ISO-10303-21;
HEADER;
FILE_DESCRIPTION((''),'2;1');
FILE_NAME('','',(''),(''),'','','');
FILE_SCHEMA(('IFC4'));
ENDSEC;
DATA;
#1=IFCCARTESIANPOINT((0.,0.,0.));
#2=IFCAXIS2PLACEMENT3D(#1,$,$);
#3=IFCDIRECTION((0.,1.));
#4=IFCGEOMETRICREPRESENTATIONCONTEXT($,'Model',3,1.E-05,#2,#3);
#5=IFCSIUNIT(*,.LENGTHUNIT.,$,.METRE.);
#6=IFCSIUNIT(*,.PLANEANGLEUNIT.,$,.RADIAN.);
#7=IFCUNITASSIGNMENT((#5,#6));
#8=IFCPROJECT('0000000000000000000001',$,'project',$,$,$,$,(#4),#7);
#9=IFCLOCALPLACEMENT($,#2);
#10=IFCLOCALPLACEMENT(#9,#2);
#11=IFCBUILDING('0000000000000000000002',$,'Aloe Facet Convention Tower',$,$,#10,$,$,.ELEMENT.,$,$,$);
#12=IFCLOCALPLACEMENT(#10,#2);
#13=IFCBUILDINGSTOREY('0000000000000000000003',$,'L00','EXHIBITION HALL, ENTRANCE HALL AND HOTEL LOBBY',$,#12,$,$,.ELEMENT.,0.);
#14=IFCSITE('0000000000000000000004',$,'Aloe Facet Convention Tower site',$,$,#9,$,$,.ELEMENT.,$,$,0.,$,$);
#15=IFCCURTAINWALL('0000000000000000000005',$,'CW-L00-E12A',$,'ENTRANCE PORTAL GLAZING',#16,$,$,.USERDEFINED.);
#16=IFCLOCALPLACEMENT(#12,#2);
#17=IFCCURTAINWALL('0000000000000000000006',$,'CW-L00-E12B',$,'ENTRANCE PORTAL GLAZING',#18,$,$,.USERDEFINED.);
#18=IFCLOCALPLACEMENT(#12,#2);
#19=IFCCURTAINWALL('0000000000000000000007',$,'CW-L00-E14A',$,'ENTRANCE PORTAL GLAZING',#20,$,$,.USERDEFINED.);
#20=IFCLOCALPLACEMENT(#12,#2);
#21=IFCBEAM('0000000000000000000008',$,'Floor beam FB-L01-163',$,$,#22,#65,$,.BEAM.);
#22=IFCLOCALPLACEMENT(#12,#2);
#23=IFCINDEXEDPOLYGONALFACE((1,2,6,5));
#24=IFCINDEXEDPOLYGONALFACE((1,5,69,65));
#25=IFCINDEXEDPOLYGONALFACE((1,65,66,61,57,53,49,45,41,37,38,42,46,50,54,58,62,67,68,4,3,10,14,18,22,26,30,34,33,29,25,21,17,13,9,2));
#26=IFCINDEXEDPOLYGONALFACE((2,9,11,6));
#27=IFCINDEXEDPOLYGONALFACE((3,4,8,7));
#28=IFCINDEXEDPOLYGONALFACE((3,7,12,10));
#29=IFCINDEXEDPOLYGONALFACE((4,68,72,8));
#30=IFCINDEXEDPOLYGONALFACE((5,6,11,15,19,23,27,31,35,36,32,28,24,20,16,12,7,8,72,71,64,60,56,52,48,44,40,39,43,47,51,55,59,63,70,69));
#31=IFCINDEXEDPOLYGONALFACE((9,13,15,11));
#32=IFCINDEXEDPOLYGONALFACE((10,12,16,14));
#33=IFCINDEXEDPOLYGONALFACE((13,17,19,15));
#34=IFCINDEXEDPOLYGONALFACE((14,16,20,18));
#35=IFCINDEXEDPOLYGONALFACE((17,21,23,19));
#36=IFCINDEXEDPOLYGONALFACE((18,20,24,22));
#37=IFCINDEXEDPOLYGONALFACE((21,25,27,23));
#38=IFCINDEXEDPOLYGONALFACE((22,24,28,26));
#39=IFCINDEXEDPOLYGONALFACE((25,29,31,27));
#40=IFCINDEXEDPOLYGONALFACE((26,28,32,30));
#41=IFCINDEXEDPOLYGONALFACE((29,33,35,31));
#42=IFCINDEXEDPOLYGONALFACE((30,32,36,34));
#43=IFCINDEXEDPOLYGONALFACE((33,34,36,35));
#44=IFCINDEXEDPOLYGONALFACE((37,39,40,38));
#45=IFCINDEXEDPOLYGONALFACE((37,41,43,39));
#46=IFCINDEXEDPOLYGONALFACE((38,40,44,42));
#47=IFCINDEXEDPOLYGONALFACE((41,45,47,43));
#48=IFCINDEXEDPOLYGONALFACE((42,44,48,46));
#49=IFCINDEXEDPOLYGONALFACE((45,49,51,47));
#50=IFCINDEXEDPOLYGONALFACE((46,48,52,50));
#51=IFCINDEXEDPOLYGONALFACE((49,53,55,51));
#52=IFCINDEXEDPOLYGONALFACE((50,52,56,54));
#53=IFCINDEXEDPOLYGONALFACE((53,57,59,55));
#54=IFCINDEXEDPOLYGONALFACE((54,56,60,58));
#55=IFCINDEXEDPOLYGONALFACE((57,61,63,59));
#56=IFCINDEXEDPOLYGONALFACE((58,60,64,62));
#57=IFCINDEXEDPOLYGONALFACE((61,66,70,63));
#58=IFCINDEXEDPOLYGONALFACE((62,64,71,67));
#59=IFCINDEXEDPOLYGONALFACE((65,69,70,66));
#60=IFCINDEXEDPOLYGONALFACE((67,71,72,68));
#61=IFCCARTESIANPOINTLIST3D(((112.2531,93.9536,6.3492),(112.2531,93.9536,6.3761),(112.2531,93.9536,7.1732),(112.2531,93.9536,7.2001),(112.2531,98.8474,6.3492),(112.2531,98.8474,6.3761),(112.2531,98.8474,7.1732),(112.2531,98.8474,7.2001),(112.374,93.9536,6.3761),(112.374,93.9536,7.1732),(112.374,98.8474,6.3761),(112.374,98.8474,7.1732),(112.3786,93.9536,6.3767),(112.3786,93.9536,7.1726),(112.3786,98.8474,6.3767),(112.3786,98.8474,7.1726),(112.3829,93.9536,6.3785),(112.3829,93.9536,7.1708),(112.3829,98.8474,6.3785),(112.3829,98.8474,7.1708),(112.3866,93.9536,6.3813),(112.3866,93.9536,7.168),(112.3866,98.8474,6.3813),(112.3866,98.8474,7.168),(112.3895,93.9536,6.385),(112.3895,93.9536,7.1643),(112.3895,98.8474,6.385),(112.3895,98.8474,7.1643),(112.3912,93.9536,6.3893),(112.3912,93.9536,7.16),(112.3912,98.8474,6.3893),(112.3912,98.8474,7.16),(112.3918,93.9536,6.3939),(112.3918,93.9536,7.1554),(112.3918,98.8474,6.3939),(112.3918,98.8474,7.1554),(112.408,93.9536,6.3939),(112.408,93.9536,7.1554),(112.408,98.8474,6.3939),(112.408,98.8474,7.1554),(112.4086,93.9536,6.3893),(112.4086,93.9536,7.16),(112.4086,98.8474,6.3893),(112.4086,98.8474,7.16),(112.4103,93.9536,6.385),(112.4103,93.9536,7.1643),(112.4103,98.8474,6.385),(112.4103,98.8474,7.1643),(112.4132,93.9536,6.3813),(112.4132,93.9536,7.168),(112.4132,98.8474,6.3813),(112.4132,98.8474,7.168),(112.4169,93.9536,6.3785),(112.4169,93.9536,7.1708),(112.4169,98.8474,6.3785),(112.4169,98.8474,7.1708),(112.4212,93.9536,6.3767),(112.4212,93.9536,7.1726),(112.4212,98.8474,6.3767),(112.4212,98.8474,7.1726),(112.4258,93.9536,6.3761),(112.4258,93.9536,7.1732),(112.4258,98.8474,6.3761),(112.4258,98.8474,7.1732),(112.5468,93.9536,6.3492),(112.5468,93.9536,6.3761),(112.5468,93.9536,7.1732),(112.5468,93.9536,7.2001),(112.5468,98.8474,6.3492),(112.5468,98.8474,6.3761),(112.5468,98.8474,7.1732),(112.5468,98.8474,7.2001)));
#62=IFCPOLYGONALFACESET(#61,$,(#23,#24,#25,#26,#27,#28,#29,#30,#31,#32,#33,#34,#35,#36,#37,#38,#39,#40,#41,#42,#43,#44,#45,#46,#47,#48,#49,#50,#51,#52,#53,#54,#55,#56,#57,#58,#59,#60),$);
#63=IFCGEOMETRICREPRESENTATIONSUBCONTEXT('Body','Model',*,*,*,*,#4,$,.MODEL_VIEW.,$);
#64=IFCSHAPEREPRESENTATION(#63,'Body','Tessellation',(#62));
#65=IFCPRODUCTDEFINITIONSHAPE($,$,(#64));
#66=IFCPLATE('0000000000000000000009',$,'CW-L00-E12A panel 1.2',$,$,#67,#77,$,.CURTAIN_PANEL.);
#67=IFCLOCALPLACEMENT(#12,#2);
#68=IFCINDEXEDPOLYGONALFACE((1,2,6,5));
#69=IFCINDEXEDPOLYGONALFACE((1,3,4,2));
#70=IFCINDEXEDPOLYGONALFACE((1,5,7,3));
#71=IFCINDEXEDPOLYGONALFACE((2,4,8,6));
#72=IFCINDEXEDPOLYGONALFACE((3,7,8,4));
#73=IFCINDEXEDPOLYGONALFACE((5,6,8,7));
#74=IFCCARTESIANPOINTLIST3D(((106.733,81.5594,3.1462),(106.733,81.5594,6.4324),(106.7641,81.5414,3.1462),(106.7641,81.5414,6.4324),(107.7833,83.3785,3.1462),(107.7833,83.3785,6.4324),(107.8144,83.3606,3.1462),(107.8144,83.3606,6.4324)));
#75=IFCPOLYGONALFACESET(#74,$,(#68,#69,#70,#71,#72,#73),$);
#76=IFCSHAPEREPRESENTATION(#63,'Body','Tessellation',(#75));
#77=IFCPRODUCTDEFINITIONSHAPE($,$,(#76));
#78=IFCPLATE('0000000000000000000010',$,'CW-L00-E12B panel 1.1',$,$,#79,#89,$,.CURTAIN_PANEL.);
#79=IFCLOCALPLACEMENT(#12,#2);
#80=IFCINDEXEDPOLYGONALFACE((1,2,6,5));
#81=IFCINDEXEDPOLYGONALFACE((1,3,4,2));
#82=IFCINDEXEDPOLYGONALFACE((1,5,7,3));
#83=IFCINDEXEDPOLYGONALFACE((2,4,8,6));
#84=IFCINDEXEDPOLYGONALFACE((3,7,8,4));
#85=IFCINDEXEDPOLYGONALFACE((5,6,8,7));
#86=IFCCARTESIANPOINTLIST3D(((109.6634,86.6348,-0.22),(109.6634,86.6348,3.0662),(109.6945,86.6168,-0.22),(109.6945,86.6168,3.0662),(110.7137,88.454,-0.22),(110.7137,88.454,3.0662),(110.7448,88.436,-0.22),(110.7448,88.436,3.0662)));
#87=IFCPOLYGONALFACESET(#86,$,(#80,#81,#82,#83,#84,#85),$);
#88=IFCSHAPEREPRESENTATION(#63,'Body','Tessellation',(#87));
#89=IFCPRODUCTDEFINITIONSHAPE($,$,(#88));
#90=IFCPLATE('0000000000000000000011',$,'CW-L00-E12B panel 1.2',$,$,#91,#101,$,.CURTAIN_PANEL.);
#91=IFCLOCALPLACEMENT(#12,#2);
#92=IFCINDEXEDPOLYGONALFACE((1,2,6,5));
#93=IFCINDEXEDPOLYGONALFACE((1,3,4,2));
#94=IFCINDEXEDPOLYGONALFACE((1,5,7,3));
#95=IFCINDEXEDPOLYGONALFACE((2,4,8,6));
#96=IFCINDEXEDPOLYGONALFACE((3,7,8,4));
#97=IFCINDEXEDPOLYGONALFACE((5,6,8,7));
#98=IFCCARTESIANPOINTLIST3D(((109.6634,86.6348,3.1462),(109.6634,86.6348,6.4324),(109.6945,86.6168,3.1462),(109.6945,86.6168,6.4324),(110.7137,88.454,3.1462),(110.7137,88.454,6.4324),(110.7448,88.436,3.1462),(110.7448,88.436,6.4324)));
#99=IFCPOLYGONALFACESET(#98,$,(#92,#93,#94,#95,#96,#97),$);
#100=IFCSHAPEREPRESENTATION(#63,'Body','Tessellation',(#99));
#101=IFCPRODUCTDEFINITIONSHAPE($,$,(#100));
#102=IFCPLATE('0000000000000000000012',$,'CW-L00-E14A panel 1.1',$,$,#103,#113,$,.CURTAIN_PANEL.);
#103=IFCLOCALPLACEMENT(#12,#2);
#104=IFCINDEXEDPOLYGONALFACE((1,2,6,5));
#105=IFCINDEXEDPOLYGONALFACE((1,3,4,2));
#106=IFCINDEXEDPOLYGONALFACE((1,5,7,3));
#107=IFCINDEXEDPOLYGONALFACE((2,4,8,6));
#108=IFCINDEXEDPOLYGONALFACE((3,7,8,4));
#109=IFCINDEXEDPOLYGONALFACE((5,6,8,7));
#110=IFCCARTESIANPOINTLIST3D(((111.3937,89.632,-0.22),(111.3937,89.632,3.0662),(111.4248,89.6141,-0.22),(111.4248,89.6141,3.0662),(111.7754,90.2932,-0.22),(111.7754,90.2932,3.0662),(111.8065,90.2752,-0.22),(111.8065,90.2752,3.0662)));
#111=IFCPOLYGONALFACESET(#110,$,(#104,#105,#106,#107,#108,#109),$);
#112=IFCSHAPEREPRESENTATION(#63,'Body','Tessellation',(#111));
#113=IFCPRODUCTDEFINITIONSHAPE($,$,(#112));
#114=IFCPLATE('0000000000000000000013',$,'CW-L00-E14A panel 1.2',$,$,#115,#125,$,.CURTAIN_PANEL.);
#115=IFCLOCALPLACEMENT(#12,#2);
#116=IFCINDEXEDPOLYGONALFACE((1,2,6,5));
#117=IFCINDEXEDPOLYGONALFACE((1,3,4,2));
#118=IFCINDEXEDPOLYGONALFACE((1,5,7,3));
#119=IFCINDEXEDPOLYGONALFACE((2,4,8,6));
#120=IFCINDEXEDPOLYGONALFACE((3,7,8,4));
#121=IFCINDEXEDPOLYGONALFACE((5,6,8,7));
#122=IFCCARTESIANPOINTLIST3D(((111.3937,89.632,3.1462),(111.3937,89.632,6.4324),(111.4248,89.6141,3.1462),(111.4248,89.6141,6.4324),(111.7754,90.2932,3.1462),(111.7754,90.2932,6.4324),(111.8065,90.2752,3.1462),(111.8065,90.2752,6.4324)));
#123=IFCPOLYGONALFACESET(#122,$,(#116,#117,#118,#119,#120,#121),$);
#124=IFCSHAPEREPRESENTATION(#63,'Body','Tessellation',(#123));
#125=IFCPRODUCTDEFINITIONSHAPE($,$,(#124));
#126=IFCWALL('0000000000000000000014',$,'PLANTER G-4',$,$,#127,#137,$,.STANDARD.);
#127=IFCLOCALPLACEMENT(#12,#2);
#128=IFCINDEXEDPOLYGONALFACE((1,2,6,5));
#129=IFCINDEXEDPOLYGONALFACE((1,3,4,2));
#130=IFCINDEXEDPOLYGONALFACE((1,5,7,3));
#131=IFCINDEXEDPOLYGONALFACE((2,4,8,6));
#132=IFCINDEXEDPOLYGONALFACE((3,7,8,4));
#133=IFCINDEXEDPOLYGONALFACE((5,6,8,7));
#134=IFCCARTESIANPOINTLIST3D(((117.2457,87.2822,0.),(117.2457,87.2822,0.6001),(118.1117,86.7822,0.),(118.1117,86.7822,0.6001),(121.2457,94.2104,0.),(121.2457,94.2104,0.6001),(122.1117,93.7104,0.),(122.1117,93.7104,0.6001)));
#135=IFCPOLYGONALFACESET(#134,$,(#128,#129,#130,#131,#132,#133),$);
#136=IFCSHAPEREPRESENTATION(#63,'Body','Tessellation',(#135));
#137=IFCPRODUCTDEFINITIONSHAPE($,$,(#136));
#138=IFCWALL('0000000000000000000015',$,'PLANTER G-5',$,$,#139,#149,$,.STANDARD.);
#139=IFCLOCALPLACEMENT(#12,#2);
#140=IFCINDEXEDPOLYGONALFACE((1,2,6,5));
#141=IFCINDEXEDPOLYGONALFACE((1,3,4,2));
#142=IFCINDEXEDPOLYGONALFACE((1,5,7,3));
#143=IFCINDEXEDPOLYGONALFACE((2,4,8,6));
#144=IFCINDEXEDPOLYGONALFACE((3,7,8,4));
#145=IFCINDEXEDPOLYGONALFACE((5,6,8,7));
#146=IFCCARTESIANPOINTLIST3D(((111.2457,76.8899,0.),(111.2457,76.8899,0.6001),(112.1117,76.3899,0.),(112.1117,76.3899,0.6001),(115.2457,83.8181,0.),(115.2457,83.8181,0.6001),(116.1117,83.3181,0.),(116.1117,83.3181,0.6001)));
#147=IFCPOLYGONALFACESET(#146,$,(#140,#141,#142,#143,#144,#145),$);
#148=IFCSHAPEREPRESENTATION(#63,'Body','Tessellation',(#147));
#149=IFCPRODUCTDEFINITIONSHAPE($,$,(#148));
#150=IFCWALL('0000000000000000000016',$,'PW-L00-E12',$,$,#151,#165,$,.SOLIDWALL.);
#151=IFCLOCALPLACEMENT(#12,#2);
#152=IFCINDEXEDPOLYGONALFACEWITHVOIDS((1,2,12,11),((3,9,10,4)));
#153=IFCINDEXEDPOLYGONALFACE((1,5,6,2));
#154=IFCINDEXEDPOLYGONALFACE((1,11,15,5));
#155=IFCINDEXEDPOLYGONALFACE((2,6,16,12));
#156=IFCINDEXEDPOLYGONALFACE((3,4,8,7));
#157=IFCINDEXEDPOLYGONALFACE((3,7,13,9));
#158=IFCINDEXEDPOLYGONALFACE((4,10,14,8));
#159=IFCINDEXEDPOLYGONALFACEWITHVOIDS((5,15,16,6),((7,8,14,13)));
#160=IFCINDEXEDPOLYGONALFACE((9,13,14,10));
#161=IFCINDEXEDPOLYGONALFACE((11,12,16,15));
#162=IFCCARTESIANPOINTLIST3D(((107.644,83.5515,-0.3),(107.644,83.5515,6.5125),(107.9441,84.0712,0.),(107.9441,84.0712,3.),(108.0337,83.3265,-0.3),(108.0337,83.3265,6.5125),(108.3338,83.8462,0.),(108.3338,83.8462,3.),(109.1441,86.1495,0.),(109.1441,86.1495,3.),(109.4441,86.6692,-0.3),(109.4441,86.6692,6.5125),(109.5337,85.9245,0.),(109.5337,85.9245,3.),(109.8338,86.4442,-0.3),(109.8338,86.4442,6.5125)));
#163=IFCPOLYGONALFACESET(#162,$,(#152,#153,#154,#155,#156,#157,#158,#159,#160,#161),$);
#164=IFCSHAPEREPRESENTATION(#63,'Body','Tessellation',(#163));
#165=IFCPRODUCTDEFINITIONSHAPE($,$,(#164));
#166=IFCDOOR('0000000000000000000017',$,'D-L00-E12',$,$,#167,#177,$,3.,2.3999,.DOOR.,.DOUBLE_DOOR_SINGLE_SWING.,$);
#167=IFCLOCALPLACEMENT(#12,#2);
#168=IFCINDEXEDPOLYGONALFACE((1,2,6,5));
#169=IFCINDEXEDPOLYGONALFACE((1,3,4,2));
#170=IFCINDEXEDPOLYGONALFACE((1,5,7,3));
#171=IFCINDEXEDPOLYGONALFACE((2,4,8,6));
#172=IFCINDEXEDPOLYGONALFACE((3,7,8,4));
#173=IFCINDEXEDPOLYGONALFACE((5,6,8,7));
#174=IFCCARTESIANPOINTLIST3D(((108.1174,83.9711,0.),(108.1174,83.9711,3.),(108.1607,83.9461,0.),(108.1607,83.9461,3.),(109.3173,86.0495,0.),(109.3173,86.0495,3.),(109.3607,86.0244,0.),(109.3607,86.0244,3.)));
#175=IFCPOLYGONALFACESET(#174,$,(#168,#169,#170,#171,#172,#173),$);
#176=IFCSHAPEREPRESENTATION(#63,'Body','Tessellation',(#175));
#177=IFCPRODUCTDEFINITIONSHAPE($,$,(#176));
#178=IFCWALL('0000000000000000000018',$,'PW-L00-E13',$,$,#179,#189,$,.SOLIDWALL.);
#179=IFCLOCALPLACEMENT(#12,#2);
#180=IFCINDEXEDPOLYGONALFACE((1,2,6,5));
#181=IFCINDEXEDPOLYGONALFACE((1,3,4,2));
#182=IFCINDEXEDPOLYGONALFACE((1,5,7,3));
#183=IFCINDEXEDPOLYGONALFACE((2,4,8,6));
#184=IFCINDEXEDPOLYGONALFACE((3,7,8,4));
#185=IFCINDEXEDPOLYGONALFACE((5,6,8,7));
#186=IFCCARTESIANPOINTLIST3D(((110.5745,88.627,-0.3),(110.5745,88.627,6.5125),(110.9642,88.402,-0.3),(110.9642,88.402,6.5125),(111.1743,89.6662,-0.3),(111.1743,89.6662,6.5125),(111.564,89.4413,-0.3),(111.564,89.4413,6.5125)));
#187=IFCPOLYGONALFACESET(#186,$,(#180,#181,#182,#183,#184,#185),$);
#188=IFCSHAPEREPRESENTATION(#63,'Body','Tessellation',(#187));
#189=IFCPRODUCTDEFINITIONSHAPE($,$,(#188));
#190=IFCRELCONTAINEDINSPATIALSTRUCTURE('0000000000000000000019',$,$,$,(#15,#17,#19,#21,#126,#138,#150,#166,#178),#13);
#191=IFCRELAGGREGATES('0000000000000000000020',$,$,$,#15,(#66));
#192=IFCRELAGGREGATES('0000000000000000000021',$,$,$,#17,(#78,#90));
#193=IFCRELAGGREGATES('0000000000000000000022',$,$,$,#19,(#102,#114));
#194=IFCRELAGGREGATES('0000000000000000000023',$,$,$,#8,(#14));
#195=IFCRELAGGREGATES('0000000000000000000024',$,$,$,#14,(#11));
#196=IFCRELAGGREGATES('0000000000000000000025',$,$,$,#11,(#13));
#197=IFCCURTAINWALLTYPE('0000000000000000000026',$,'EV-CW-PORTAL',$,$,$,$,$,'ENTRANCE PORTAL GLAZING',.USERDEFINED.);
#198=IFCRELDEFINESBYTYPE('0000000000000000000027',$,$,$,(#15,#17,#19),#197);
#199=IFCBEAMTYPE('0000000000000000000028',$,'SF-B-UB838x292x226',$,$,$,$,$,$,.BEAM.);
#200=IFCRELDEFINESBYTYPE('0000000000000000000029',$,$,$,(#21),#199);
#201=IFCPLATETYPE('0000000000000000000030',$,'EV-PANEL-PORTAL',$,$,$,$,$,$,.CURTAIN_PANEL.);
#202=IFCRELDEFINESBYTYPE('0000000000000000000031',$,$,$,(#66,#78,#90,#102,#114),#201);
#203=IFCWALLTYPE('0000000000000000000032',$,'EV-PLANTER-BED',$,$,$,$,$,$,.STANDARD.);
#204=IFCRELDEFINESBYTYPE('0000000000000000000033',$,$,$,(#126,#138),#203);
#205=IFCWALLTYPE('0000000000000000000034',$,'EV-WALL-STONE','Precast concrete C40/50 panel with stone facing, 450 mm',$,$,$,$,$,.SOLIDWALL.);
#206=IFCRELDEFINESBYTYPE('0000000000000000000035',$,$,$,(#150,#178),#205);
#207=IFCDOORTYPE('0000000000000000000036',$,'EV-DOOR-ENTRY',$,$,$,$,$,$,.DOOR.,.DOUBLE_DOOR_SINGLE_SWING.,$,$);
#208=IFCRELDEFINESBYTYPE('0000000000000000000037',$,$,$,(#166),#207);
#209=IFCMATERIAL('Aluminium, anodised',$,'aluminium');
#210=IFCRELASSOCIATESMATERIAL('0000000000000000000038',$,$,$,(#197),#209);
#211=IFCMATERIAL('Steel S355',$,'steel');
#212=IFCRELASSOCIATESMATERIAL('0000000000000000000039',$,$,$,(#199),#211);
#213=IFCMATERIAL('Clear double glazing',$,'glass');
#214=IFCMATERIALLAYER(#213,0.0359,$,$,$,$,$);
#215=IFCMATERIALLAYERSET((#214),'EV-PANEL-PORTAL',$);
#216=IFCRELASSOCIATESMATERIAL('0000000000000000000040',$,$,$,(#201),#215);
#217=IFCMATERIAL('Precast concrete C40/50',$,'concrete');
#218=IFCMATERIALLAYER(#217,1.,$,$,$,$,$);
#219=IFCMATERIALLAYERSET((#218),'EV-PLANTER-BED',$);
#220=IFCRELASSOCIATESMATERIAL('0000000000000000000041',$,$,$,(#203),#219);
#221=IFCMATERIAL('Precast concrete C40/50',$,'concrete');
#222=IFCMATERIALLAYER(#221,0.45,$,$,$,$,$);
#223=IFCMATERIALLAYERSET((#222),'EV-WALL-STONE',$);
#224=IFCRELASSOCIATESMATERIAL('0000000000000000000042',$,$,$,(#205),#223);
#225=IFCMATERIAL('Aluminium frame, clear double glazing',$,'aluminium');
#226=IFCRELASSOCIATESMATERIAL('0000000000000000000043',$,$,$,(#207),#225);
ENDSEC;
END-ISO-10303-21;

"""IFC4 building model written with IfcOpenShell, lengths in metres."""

from ifc_helpers import new_model, si_unit, direction, frame, frame_2d, origin, origin_2d, place, context, subcontext, project, spatial, rectangle, i_section, extrude, material, layer, layer_set, material_profile, profile_set, type_object, element, fill, aggregate, save


model = new_model("IFC4")

# Units and contexts
model_context = context("Model", 3, precision=1e-05, world=origin(), true_north=direction((0.0, 1.0)))
body_context = subcontext(model_context, "Body", "Model", "MODEL_VIEW")
ifc_project = project(units=[si_unit("LENGTHUNIT", "METRE"), si_unit("PLANEANGLEUNIT", "RADIAN")], contexts=[model_context])

# Site, building, storey
site_placement = place(None, origin())
site = spatial("IfcSite", under=ifc_project, at=site_placement, Name="Aloe Facet Convention Tower site", CompositionType="ELEMENT", RefElevation=0.0)
building_placement = place(site_placement, origin())
building = spatial("IfcBuilding", under=site, at=building_placement, Name="Aloe Facet Convention Tower", CompositionType="ELEMENT")
storey_placement = place(building_placement, origin())
storey = spatial("IfcBuildingStorey", under=building, at=storey_placement, Name="L00", Description="EXHIBITION HALL, ENTRANCE HALL AND HOTEL LOBBY", CompositionType="ELEMENT", Elevation=0.0)

# Curtain wall
ifc_material_1 = material(Name="Aluminium, anodised", Category="aluminium")
curtain_wall_type = type_object("IfcCurtainWallType", Name="EV-CW-PORTAL", ElementType="ENTRANCE PORTAL GLAZING", PredefinedType="USERDEFINED", material=ifc_material_1)
curtain_wall_1_placement = place(storey_placement, origin())
curtain_wall_1 = element("IfcCurtainWall", 1, at=curtain_wall_1_placement, inside=storey, type_object=curtain_wall_type, Name="CW-L00-E12A", ObjectType="ENTRANCE PORTAL GLAZING", PredefinedType="USERDEFINED")

# Curtain walls
curtain_wall_2_placement = place(storey_placement, origin())
curtain_wall_2 = element("IfcCurtainWall", 2, at=curtain_wall_2_placement, inside=storey, type_object=curtain_wall_type, Name="CW-L00-E12B", ObjectType="ENTRANCE PORTAL GLAZING", PredefinedType="USERDEFINED")
curtain_wall_3_placement = place(storey_placement, origin())
curtain_wall_3 = element("IfcCurtainWall", 3, at=curtain_wall_3_placement, inside=storey, type_object=curtain_wall_type, Name="CW-L00-E14A", ObjectType="ENTRANCE PORTAL GLAZING", PredefinedType="USERDEFINED")

# Beam
ifc_material_2 = material(Name="Steel S355", Category="steel")
ifc_material_profile_1 = material_profile(ifc_material_2, i_section(OverallWidth=0.2937, OverallDepth=0.8508, WebThickness=0.0161, FlangeThickness=0.0269, FilletRadius=0.0178, at=origin_2d()), Name="UB 838x292x226")
ifc_profile_set_1 = profile_set([ifc_material_profile_1], Name="Steel S355")
beam_type_1 = type_object("IfcBeamType", Name="SF-B-UB838x292x226", PredefinedType="BEAM", material=ifc_profile_set_1)
beam_1_placement = place(storey_placement, frame((112.3999, 93.9536, 6.7747), z_axis=(0.0, 1.0, 0.0), x_axis=(-1.0, 0.0, 0.0)))
element("IfcBeam", 4, at=beam_1_placement, inside=storey, type_object=beam_type_1, Name="Floor beam FB-L01-163", PredefinedType="BEAM", context=body_context, shape_type="SweptSolid", body=[
    extrude(i_section(OverallWidth=0.2937, OverallDepth=0.8508, WebThickness=0.0161, FlangeThickness=0.0269, FilletRadius=0.0178, at=origin_2d()), origin(), (0.0, 0.0, 1.0), 4.8938),
])

# Plates
ifc_material_3 = material(Name="Clear double glazing", Category="glass")
ifc_layer_1 = layer(ifc_material_3, 0.0359)
ifc_layer_set_1 = layer_set([ifc_layer_1], Name="EV-PANEL-PORTAL")
plate_type = type_object("IfcPlateType", Name="EV-PANEL-PORTAL", PredefinedType="CURTAIN_PANEL", material=ifc_layer_set_1)
plate_1_placement = place(storey_placement, frame((107.2737, 82.46, 3.1462), z_axis=(0.0, 0.0, 1.0), x_axis=(0.5, 0.866025, 0.0)))
plate_1 = element("IfcPlate", 5, at=plate_1_placement, type_object=plate_type, Name="CW-L00-E12A panel 1.2", PredefinedType="CURTAIN_PANEL", context=body_context, shape_type="SweptSolid", body=[
    extrude(rectangle(XDim=2.1006, YDim=0.0359, at=origin_2d()), origin(), (0.0, 0.0, 1.0), 3.2861),
])
aggregate(curtain_wall_1, [plate_1])
plate_2_placement = place(storey_placement, frame((110.2041, 87.5354, -0.22), z_axis=(0.0, 0.0, 1.0), x_axis=(0.5, 0.866025, 0.0)))
plate_2 = element("IfcPlate", 6, at=plate_2_placement, type_object=plate_type, Name="CW-L00-E12B panel 1.1", PredefinedType="CURTAIN_PANEL", context=body_context, shape_type="SweptSolid", body=[
    extrude(rectangle(XDim=2.1006, YDim=0.0359, at=origin_2d()), origin(), (0.0, 0.0, 1.0), 3.2861),
])
plate_3_placement = place(storey_placement, frame((110.2041, 87.5354, 3.1462), z_axis=(0.0, 0.0, 1.0), x_axis=(0.5, 0.866025, 0.0)))
plate_3 = element("IfcPlate", 7, at=plate_3_placement, type_object=plate_type, Name="CW-L00-E12B panel 1.2", PredefinedType="CURTAIN_PANEL", context=body_context, shape_type="SweptSolid", body=[
    extrude(rectangle(XDim=2.1006, YDim=0.0359, at=origin_2d()), origin(), (0.0, 0.0, 1.0), 3.2861),
])
aggregate(curtain_wall_2, [plate_2, plate_3])
plate_4_placement = place(storey_placement, frame((111.6001, 89.9536, -0.22), z_axis=(0.0, 0.0, 1.0), x_axis=(0.5, 0.866025, 0.0)))
plate_4 = element("IfcPlate", 8, at=plate_4_placement, type_object=plate_type, Name="CW-L00-E14A panel 1.1", PredefinedType="CURTAIN_PANEL", context=body_context, shape_type="SweptSolid", body=[
    extrude(rectangle(XDim=0.7634, YDim=0.0359, at=origin_2d()), origin(), (0.0, 0.0, 1.0), 3.2861),
])
plate_5_placement = place(storey_placement, frame((111.6001, 89.9536, 3.1462), z_axis=(0.0, 0.0, 1.0), x_axis=(0.5, 0.866025, 0.0)))
plate_5 = element("IfcPlate", 9, at=plate_5_placement, type_object=plate_type, Name="CW-L00-E14A panel 1.2", PredefinedType="CURTAIN_PANEL", context=body_context, shape_type="SweptSolid", body=[
    extrude(rectangle(XDim=0.7634, YDim=0.0359, at=origin_2d()), origin(), (0.0, 0.0, 1.0), 3.2861),
])
aggregate(curtain_wall_3, [plate_4, plate_5])

# Walls
ifc_material_4 = material(Name="Precast concrete C40/50", Category="concrete")
ifc_layer_2 = layer(ifc_material_4, 1.0)
ifc_layer_set_2 = layer_set([ifc_layer_2], Name="EV-PLANTER-BED")
wall_type_1 = type_object("IfcWallType", Name="EV-PLANTER-BED", PredefinedType="STANDARD", material=ifc_layer_set_2)
for number, where, z_axis, x_axis, name in (
    (10, (121.6787, 93.9604, 0.0), (0.0, 0.0, 1.0), (-0.499999, -0.866026, 0.0), "PLANTER G-4"),
    (11, (115.6787, 83.5681, 0.0), (0.0, 0.0, 1.0), (-0.499999, -0.866026, 0.0), "PLANTER G-5"),
):
    element("IfcWall", number, at=place(storey_placement, frame(where, z_axis=z_axis, x_axis=x_axis)), inside=storey, type_object=wall_type_1, Name=name, PredefinedType="STANDARD", context=body_context, shape_type="SweptSolid", body=[
        extrude(rectangle(XDim=8.0, YDim=1.0, at=frame_2d((4.0, 0.0))), origin(), (0.0, 0.0, 1.0), 0.6001),
    ])

# Wall, opening, door
ifc_material_5 = material(Name="Precast concrete C40/50", Category="concrete")
ifc_layer_3 = layer(ifc_material_5, 0.45)
ifc_layer_set_3 = layer_set([ifc_layer_3], Name="EV-WALL-STONE")
wall_type_2 = type_object("IfcWallType", Name="EV-WALL-STONE", Description="Precast concrete C40/50 panel with stone facing, 450 mm", PredefinedType="SOLIDWALL", material=ifc_layer_set_3)
wall_1_placement = place(storey_placement, frame((107.8389, 83.439, -0.3), z_axis=(0.0, 0.0, 1.0), x_axis=(0.500012, 0.866018, 0.0)))
wall_1 = element("IfcWall", 12, at=wall_1_placement, inside=storey, type_object=wall_type_2, Name="PW-L00-E12", PredefinedType="SOLIDWALL", context=body_context, shape_type="SweptSolid", body=[
    extrude(rectangle(XDim=3.6001, YDim=0.45, at=frame_2d((1.8, 0.0))), origin(), (0.0, 0.0, 1.0), 6.8125),
])
opening_1_placement = place(wall_1_placement, frame((0.6001, 0.0, 0.3)))
opening_1 = element("IfcOpeningElement", 13, at=opening_1_placement, cuts=wall_1, PredefinedType="OPENING", context=body_context, shape_type="SweptSolid", body=[
    extrude(rectangle(XDim=2.3999, YDim=3.0, at=frame_2d((1.2, 1.5))), frame((0.0, 0.2349, 0.0), z_axis=(0.0, -1.0, 0.0), x_axis=(1.0, 0.0, 0.0)), (0.0, 0.0, 1.0), 0.47),
])
ifc_material_6 = material(Name="Aluminium frame, clear double glazing", Category="aluminium")
door_type = type_object("IfcDoorType", Name="EV-DOOR-ENTRY", OperationType="DOUBLE_DOOR_SINGLE_SWING", PredefinedType="DOOR", material=ifc_material_6)
door_1_placement = place(opening_1_placement, origin())
door_1 = element("IfcDoor", 14, at=door_1_placement, inside=storey, type_object=door_type, Name="D-L00-E12", OperationType="DOUBLE_DOOR_SINGLE_SWING", OverallHeight=3.0, OverallWidth=2.3999, PredefinedType="DOOR", context=body_context, shape_type="SweptSolid", body=[
    extrude(rectangle(XDim=2.3999, YDim=3.0, at=frame_2d((1.2, 1.5))), frame((0.0, 0.0249, 0.0), z_axis=(0.0, -1.0, 0.0), x_axis=(1.0, 0.0, 0.0)), (0.0, 0.0, 1.0), 0.05),
])
fill(opening_1, door_1)

# Wall
wall_2_placement = place(storey_placement, frame((110.7693, 88.5144, -0.3), z_axis=(0.0, 0.0, 1.0), x_axis=(0.499881, 0.866094, 0.0)))
element("IfcWall", 15, at=wall_2_placement, inside=storey, type_object=wall_type_2, Name="PW-L00-E13", PredefinedType="SOLIDWALL", context=body_context, shape_type="SweptSolid", body=[
    extrude(rectangle(XDim=1.2, YDim=0.45, at=frame_2d((0.6001, 0.0))), origin(), (0.0, 0.0, 1.0), 6.8125),
])

save(model, "model.ifc")
